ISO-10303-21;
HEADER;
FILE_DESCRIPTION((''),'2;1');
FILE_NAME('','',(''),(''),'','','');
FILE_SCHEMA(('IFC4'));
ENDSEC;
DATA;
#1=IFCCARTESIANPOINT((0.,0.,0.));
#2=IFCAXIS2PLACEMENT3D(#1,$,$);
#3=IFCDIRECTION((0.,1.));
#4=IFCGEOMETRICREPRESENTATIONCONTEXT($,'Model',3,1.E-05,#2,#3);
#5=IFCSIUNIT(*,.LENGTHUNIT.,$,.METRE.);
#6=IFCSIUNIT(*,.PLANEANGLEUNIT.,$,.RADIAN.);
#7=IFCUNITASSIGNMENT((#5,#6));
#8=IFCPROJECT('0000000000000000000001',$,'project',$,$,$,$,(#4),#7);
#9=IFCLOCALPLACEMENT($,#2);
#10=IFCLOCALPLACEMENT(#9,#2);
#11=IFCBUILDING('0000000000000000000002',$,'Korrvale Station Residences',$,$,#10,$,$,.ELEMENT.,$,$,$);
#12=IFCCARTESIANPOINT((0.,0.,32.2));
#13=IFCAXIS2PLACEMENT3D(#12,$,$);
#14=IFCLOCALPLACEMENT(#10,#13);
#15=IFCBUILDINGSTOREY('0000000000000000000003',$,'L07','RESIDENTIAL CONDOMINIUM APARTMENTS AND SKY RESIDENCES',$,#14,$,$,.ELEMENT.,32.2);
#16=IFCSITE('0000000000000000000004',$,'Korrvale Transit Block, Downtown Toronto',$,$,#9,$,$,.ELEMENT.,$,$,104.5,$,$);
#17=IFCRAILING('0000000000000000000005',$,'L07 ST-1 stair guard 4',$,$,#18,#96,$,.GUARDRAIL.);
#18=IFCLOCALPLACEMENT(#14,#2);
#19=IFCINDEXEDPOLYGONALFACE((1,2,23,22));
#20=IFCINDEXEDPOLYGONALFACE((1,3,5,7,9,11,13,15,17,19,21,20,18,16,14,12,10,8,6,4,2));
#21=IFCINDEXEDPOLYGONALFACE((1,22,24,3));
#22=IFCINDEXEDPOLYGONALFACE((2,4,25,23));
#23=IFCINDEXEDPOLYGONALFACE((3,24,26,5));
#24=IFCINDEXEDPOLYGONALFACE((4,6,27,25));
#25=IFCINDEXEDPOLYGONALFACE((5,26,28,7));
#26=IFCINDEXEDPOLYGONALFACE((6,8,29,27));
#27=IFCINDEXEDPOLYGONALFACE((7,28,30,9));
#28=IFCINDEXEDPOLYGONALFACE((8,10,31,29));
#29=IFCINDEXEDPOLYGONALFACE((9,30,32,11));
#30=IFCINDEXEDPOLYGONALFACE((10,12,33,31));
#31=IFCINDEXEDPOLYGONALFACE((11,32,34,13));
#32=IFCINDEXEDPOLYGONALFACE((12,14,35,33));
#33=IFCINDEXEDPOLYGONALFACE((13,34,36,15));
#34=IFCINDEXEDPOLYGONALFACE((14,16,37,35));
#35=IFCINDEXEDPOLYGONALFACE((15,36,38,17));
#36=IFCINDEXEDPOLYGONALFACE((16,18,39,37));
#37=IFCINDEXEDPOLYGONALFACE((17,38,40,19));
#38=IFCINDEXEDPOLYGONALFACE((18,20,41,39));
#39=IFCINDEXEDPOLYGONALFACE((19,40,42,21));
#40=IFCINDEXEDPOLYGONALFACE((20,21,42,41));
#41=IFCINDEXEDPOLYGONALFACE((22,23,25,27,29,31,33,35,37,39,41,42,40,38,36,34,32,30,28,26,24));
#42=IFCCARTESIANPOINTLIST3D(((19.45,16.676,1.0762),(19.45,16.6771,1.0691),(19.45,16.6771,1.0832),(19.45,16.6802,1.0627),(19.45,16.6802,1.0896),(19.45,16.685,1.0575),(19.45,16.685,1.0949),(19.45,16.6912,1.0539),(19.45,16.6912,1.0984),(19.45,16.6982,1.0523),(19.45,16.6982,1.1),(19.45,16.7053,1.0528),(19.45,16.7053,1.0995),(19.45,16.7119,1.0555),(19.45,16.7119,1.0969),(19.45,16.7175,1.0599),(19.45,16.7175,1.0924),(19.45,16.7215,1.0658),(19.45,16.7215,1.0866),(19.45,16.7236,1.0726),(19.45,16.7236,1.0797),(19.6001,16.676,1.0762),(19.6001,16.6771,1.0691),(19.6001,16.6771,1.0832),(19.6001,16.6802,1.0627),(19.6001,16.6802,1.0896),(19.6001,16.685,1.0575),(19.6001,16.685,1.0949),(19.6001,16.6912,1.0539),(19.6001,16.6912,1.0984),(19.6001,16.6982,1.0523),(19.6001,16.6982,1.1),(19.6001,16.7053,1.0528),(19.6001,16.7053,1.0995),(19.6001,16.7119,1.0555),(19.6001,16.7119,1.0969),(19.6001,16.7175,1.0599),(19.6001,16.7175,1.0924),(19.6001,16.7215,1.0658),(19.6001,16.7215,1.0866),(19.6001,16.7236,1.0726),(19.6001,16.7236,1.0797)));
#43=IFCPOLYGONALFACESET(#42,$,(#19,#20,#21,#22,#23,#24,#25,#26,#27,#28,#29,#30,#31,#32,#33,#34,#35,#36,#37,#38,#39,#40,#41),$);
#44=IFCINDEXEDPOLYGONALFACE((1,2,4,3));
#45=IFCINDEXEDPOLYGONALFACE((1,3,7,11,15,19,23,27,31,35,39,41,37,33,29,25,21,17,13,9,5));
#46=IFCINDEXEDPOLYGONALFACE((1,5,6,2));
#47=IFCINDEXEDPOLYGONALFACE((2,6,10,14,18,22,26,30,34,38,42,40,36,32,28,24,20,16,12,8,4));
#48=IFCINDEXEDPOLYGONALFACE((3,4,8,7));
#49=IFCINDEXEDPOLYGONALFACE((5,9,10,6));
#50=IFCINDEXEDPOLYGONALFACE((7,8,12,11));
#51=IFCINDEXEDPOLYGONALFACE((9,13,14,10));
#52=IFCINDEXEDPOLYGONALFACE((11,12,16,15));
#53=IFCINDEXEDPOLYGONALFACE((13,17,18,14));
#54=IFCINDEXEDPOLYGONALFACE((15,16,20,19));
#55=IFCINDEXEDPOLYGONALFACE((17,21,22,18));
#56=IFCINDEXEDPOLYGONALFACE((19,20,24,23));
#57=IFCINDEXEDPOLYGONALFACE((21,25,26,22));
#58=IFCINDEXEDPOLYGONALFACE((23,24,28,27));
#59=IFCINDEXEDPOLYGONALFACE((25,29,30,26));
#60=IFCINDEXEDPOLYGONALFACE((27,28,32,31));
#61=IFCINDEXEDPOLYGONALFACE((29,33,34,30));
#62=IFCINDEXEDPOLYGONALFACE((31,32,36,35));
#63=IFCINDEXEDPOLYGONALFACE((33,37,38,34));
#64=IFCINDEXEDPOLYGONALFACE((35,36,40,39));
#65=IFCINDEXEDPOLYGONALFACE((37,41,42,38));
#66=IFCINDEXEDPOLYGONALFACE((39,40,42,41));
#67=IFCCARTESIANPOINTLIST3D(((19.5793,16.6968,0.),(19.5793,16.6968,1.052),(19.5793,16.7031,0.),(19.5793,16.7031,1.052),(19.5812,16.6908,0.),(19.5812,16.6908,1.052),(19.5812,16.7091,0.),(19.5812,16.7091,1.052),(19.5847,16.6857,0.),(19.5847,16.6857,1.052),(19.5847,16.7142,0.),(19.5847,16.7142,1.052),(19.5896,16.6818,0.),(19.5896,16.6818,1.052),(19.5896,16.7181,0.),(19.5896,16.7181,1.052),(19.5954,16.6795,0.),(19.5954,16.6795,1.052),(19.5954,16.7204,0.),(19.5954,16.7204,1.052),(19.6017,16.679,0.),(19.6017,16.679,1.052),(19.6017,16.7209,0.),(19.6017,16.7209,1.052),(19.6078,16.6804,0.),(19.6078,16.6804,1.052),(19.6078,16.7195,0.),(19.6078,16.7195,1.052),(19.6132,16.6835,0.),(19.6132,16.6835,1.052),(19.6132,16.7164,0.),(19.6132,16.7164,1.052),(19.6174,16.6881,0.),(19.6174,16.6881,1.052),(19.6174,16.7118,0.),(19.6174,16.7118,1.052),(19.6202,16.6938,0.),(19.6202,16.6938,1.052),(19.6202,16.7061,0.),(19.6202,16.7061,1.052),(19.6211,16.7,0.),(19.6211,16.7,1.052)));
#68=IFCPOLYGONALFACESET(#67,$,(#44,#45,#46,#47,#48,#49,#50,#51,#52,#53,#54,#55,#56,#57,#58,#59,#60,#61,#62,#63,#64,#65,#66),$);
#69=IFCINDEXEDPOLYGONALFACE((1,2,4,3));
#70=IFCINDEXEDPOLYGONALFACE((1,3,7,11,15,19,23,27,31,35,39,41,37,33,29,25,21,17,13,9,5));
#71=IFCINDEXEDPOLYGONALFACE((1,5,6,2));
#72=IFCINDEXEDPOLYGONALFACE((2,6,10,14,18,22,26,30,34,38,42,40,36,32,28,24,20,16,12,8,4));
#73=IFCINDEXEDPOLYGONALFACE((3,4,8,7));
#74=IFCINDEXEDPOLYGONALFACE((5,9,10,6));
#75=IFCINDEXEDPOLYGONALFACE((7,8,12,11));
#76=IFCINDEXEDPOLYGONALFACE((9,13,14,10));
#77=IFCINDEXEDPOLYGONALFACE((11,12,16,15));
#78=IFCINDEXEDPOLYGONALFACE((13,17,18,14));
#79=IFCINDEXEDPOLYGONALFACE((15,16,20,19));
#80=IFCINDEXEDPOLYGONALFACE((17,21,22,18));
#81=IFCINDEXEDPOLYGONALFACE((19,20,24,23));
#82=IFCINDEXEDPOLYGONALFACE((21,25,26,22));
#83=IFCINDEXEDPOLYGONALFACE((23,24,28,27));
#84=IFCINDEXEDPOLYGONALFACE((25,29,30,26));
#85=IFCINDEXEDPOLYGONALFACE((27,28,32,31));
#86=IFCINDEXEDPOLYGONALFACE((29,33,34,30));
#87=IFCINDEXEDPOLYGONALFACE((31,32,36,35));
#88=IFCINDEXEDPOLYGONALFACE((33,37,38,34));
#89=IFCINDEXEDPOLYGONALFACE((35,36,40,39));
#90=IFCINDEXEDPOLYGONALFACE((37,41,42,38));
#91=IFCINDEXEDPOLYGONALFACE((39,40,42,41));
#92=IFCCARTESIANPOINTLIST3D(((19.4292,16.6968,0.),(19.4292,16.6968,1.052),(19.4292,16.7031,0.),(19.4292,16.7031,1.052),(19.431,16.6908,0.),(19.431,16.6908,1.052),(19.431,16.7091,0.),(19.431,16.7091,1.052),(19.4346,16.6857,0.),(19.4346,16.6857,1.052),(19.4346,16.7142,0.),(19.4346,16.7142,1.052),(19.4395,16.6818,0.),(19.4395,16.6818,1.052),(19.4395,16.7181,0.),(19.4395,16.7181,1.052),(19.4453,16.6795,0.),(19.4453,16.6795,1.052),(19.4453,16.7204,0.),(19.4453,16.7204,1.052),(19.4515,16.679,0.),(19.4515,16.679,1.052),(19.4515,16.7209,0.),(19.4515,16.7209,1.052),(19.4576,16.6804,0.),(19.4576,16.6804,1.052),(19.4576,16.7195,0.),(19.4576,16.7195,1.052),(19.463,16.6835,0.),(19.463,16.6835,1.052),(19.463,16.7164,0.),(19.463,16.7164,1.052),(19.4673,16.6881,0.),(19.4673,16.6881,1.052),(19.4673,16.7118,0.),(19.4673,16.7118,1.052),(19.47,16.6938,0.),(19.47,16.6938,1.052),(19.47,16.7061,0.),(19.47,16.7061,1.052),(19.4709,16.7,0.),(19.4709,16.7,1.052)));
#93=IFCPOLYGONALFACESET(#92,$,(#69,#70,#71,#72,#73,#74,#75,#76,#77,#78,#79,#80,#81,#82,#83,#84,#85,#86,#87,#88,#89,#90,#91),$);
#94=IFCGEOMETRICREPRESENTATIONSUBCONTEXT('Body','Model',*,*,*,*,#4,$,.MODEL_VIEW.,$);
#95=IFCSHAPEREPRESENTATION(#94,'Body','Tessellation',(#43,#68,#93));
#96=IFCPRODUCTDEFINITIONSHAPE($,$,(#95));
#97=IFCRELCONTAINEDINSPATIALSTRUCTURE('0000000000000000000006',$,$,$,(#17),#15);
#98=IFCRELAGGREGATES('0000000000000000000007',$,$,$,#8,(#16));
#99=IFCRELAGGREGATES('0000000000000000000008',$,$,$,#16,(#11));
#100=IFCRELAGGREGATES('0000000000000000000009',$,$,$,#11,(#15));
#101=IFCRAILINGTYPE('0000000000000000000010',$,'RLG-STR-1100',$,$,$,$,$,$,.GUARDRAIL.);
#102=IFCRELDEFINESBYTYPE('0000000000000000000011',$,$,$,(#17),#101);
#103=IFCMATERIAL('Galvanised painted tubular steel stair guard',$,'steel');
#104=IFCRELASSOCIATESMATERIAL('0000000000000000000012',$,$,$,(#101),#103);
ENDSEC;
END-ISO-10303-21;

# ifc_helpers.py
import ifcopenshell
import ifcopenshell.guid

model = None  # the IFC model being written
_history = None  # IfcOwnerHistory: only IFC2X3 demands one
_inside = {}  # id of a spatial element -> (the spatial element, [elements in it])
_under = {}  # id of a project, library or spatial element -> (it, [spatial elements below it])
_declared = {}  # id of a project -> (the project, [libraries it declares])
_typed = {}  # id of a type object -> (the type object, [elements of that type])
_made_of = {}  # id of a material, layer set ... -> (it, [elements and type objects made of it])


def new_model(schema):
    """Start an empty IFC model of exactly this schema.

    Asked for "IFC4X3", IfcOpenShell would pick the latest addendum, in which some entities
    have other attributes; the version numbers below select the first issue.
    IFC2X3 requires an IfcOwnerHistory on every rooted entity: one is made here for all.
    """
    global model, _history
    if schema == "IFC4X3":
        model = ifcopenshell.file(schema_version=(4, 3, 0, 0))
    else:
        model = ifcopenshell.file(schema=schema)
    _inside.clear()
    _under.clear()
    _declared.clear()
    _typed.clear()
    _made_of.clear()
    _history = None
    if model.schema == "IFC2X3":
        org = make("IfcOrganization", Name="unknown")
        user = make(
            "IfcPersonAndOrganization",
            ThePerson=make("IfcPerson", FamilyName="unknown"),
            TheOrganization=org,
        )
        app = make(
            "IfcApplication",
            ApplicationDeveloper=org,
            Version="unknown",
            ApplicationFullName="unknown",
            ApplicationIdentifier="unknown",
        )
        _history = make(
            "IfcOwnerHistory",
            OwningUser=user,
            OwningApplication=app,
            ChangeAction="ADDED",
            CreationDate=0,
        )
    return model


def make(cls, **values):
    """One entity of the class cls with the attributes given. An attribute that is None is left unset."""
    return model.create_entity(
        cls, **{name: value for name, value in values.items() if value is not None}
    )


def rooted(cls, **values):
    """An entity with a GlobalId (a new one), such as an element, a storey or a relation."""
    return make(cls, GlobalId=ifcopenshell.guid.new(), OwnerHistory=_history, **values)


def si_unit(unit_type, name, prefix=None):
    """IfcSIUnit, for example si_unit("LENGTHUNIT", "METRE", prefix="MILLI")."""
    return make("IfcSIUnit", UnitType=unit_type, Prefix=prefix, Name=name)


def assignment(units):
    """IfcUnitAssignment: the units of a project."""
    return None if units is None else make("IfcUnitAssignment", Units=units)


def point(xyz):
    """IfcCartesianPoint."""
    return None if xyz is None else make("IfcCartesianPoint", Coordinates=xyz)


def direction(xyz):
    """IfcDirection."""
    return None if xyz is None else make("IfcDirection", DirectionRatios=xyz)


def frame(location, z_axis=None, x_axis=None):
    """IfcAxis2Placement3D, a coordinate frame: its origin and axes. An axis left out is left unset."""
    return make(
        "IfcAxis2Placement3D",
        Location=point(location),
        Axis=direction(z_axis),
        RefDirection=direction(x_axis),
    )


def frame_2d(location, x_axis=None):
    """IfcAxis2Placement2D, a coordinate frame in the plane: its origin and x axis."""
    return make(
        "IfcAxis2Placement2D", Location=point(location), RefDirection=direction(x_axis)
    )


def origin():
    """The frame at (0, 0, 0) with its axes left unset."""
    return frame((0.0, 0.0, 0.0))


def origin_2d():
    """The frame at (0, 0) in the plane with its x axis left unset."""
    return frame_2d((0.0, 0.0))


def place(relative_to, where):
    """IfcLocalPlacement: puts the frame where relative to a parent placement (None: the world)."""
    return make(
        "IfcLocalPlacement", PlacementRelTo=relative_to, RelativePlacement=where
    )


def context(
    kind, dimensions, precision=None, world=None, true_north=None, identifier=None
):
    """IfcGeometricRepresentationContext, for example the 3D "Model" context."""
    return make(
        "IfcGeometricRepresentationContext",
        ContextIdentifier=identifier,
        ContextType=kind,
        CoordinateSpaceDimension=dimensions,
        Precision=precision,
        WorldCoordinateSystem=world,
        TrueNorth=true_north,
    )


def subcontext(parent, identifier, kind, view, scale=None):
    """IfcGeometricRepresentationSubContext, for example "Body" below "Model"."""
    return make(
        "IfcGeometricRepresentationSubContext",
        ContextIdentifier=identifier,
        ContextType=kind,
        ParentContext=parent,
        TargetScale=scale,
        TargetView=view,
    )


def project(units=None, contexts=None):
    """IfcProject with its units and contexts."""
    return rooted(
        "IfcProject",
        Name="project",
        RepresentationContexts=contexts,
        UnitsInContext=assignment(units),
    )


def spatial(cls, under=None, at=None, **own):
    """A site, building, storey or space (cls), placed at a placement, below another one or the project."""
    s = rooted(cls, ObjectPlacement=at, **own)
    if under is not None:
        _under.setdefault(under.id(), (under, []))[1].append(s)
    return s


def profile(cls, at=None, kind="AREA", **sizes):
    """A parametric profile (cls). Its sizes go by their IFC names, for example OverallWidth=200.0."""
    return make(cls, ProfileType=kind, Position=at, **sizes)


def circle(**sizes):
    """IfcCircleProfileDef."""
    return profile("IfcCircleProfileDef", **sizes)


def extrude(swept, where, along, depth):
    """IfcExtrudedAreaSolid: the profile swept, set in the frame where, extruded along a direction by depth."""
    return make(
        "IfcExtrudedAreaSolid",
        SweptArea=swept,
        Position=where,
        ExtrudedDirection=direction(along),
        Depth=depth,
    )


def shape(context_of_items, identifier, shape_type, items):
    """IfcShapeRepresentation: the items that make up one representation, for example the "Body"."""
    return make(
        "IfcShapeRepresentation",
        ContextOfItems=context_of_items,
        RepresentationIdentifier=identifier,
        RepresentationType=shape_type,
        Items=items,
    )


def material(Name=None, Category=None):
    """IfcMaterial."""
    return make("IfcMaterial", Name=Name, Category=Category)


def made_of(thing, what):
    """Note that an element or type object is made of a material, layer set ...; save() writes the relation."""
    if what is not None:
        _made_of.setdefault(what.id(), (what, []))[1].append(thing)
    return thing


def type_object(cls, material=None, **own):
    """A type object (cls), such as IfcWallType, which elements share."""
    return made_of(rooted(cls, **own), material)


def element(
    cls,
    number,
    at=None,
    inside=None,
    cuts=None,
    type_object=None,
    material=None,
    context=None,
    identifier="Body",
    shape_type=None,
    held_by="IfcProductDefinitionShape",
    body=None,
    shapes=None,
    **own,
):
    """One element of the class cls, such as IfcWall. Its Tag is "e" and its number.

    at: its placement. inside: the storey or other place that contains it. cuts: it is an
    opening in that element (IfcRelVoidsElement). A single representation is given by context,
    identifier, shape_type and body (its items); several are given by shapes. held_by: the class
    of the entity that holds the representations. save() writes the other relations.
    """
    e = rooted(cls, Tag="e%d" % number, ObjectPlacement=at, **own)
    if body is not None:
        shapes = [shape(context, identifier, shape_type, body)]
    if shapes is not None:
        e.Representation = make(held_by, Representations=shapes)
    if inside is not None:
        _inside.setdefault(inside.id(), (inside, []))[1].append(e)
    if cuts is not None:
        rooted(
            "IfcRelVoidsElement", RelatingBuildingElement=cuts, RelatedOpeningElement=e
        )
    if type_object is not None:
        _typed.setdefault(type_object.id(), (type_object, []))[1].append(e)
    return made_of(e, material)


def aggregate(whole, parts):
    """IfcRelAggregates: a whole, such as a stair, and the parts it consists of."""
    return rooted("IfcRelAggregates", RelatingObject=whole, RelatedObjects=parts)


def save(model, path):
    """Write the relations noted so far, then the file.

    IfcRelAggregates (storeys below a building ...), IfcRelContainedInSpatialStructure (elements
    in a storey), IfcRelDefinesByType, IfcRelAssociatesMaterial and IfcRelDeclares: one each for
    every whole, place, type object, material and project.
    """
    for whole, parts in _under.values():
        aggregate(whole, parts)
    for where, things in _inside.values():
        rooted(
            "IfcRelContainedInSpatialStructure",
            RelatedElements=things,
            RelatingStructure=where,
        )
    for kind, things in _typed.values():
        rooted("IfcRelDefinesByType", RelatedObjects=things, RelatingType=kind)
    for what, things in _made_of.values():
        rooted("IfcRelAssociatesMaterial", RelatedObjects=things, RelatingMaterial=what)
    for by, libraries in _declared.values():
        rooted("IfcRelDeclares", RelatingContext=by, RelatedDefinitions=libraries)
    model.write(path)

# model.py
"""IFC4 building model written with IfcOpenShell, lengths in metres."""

from ifc_helpers import new_model, si_unit, direction, frame, origin, origin_2d, place, context, subcontext, project, spatial, circle, extrude, material, type_object, element, save


model = new_model("IFC4")

# Units and contexts
model_context = context("Model", 3, precision=1e-05, world=origin(), true_north=direction((0.0, 1.0)))
body_context = subcontext(model_context, "Body", "Model", "MODEL_VIEW")
ifc_project = project(units=[si_unit("LENGTHUNIT", "METRE"), si_unit("PLANEANGLEUNIT", "RADIAN")], contexts=[model_context])

# Site, building, storey
site_placement = place(None, origin())
site = spatial("IfcSite", under=ifc_project, at=site_placement, Name="Korrvale Transit Block, Downtown Toronto", CompositionType="ELEMENT", RefElevation=104.5)
building_placement = place(site_placement, origin())
building = spatial("IfcBuilding", under=site, at=building_placement, Name="Korrvale Station Residences", CompositionType="ELEMENT")
storey_placement = place(building_placement, frame((0.0, 0.0, 32.2)))
storey = spatial("IfcBuildingStorey", under=building, at=storey_placement, Name="L07", Description="RESIDENTIAL CONDOMINIUM APARTMENTS AND SKY RESIDENCES", CompositionType="ELEMENT", Elevation=32.2)

# Railing
ifc_material_1 = material(Name="Galvanised painted tubular steel stair guard", Category="steel")
railing_type_1 = type_object("IfcRailingType", Name="RLG-STR-1100", PredefinedType="GUARDRAIL", material=ifc_material_1)
railing_1_placement = place(storey_placement, frame((19.6001, 16.7, 0.0)))
element("IfcRailing", 1, at=railing_1_placement, inside=storey, type_object=railing_type_1, Name="L07 ST-1 stair guard 4", PredefinedType="GUARDRAIL", context=body_context, shape_type="SweptSolid", body=[
    extrude(circle(Radius=0.0239, at=origin_2d()), frame((0.0, 0.0, 1.0762), z_axis=(-1.0, 0.0, 0.0), x_axis=(0.0, -1.0, 0.0)), (0.0, 0.0, 1.0), 0.1501),
    extrude(circle(Radius=0.021, at=origin_2d()), origin(), (0.0, 0.0, 1.0), 1.052),
    extrude(circle(Radius=0.021, at=origin_2d()), frame((-0.1501, 0.0, 0.0)), (0.0, 0.0, 1.0), 1.052),
])

save(model, "model.ifc")
